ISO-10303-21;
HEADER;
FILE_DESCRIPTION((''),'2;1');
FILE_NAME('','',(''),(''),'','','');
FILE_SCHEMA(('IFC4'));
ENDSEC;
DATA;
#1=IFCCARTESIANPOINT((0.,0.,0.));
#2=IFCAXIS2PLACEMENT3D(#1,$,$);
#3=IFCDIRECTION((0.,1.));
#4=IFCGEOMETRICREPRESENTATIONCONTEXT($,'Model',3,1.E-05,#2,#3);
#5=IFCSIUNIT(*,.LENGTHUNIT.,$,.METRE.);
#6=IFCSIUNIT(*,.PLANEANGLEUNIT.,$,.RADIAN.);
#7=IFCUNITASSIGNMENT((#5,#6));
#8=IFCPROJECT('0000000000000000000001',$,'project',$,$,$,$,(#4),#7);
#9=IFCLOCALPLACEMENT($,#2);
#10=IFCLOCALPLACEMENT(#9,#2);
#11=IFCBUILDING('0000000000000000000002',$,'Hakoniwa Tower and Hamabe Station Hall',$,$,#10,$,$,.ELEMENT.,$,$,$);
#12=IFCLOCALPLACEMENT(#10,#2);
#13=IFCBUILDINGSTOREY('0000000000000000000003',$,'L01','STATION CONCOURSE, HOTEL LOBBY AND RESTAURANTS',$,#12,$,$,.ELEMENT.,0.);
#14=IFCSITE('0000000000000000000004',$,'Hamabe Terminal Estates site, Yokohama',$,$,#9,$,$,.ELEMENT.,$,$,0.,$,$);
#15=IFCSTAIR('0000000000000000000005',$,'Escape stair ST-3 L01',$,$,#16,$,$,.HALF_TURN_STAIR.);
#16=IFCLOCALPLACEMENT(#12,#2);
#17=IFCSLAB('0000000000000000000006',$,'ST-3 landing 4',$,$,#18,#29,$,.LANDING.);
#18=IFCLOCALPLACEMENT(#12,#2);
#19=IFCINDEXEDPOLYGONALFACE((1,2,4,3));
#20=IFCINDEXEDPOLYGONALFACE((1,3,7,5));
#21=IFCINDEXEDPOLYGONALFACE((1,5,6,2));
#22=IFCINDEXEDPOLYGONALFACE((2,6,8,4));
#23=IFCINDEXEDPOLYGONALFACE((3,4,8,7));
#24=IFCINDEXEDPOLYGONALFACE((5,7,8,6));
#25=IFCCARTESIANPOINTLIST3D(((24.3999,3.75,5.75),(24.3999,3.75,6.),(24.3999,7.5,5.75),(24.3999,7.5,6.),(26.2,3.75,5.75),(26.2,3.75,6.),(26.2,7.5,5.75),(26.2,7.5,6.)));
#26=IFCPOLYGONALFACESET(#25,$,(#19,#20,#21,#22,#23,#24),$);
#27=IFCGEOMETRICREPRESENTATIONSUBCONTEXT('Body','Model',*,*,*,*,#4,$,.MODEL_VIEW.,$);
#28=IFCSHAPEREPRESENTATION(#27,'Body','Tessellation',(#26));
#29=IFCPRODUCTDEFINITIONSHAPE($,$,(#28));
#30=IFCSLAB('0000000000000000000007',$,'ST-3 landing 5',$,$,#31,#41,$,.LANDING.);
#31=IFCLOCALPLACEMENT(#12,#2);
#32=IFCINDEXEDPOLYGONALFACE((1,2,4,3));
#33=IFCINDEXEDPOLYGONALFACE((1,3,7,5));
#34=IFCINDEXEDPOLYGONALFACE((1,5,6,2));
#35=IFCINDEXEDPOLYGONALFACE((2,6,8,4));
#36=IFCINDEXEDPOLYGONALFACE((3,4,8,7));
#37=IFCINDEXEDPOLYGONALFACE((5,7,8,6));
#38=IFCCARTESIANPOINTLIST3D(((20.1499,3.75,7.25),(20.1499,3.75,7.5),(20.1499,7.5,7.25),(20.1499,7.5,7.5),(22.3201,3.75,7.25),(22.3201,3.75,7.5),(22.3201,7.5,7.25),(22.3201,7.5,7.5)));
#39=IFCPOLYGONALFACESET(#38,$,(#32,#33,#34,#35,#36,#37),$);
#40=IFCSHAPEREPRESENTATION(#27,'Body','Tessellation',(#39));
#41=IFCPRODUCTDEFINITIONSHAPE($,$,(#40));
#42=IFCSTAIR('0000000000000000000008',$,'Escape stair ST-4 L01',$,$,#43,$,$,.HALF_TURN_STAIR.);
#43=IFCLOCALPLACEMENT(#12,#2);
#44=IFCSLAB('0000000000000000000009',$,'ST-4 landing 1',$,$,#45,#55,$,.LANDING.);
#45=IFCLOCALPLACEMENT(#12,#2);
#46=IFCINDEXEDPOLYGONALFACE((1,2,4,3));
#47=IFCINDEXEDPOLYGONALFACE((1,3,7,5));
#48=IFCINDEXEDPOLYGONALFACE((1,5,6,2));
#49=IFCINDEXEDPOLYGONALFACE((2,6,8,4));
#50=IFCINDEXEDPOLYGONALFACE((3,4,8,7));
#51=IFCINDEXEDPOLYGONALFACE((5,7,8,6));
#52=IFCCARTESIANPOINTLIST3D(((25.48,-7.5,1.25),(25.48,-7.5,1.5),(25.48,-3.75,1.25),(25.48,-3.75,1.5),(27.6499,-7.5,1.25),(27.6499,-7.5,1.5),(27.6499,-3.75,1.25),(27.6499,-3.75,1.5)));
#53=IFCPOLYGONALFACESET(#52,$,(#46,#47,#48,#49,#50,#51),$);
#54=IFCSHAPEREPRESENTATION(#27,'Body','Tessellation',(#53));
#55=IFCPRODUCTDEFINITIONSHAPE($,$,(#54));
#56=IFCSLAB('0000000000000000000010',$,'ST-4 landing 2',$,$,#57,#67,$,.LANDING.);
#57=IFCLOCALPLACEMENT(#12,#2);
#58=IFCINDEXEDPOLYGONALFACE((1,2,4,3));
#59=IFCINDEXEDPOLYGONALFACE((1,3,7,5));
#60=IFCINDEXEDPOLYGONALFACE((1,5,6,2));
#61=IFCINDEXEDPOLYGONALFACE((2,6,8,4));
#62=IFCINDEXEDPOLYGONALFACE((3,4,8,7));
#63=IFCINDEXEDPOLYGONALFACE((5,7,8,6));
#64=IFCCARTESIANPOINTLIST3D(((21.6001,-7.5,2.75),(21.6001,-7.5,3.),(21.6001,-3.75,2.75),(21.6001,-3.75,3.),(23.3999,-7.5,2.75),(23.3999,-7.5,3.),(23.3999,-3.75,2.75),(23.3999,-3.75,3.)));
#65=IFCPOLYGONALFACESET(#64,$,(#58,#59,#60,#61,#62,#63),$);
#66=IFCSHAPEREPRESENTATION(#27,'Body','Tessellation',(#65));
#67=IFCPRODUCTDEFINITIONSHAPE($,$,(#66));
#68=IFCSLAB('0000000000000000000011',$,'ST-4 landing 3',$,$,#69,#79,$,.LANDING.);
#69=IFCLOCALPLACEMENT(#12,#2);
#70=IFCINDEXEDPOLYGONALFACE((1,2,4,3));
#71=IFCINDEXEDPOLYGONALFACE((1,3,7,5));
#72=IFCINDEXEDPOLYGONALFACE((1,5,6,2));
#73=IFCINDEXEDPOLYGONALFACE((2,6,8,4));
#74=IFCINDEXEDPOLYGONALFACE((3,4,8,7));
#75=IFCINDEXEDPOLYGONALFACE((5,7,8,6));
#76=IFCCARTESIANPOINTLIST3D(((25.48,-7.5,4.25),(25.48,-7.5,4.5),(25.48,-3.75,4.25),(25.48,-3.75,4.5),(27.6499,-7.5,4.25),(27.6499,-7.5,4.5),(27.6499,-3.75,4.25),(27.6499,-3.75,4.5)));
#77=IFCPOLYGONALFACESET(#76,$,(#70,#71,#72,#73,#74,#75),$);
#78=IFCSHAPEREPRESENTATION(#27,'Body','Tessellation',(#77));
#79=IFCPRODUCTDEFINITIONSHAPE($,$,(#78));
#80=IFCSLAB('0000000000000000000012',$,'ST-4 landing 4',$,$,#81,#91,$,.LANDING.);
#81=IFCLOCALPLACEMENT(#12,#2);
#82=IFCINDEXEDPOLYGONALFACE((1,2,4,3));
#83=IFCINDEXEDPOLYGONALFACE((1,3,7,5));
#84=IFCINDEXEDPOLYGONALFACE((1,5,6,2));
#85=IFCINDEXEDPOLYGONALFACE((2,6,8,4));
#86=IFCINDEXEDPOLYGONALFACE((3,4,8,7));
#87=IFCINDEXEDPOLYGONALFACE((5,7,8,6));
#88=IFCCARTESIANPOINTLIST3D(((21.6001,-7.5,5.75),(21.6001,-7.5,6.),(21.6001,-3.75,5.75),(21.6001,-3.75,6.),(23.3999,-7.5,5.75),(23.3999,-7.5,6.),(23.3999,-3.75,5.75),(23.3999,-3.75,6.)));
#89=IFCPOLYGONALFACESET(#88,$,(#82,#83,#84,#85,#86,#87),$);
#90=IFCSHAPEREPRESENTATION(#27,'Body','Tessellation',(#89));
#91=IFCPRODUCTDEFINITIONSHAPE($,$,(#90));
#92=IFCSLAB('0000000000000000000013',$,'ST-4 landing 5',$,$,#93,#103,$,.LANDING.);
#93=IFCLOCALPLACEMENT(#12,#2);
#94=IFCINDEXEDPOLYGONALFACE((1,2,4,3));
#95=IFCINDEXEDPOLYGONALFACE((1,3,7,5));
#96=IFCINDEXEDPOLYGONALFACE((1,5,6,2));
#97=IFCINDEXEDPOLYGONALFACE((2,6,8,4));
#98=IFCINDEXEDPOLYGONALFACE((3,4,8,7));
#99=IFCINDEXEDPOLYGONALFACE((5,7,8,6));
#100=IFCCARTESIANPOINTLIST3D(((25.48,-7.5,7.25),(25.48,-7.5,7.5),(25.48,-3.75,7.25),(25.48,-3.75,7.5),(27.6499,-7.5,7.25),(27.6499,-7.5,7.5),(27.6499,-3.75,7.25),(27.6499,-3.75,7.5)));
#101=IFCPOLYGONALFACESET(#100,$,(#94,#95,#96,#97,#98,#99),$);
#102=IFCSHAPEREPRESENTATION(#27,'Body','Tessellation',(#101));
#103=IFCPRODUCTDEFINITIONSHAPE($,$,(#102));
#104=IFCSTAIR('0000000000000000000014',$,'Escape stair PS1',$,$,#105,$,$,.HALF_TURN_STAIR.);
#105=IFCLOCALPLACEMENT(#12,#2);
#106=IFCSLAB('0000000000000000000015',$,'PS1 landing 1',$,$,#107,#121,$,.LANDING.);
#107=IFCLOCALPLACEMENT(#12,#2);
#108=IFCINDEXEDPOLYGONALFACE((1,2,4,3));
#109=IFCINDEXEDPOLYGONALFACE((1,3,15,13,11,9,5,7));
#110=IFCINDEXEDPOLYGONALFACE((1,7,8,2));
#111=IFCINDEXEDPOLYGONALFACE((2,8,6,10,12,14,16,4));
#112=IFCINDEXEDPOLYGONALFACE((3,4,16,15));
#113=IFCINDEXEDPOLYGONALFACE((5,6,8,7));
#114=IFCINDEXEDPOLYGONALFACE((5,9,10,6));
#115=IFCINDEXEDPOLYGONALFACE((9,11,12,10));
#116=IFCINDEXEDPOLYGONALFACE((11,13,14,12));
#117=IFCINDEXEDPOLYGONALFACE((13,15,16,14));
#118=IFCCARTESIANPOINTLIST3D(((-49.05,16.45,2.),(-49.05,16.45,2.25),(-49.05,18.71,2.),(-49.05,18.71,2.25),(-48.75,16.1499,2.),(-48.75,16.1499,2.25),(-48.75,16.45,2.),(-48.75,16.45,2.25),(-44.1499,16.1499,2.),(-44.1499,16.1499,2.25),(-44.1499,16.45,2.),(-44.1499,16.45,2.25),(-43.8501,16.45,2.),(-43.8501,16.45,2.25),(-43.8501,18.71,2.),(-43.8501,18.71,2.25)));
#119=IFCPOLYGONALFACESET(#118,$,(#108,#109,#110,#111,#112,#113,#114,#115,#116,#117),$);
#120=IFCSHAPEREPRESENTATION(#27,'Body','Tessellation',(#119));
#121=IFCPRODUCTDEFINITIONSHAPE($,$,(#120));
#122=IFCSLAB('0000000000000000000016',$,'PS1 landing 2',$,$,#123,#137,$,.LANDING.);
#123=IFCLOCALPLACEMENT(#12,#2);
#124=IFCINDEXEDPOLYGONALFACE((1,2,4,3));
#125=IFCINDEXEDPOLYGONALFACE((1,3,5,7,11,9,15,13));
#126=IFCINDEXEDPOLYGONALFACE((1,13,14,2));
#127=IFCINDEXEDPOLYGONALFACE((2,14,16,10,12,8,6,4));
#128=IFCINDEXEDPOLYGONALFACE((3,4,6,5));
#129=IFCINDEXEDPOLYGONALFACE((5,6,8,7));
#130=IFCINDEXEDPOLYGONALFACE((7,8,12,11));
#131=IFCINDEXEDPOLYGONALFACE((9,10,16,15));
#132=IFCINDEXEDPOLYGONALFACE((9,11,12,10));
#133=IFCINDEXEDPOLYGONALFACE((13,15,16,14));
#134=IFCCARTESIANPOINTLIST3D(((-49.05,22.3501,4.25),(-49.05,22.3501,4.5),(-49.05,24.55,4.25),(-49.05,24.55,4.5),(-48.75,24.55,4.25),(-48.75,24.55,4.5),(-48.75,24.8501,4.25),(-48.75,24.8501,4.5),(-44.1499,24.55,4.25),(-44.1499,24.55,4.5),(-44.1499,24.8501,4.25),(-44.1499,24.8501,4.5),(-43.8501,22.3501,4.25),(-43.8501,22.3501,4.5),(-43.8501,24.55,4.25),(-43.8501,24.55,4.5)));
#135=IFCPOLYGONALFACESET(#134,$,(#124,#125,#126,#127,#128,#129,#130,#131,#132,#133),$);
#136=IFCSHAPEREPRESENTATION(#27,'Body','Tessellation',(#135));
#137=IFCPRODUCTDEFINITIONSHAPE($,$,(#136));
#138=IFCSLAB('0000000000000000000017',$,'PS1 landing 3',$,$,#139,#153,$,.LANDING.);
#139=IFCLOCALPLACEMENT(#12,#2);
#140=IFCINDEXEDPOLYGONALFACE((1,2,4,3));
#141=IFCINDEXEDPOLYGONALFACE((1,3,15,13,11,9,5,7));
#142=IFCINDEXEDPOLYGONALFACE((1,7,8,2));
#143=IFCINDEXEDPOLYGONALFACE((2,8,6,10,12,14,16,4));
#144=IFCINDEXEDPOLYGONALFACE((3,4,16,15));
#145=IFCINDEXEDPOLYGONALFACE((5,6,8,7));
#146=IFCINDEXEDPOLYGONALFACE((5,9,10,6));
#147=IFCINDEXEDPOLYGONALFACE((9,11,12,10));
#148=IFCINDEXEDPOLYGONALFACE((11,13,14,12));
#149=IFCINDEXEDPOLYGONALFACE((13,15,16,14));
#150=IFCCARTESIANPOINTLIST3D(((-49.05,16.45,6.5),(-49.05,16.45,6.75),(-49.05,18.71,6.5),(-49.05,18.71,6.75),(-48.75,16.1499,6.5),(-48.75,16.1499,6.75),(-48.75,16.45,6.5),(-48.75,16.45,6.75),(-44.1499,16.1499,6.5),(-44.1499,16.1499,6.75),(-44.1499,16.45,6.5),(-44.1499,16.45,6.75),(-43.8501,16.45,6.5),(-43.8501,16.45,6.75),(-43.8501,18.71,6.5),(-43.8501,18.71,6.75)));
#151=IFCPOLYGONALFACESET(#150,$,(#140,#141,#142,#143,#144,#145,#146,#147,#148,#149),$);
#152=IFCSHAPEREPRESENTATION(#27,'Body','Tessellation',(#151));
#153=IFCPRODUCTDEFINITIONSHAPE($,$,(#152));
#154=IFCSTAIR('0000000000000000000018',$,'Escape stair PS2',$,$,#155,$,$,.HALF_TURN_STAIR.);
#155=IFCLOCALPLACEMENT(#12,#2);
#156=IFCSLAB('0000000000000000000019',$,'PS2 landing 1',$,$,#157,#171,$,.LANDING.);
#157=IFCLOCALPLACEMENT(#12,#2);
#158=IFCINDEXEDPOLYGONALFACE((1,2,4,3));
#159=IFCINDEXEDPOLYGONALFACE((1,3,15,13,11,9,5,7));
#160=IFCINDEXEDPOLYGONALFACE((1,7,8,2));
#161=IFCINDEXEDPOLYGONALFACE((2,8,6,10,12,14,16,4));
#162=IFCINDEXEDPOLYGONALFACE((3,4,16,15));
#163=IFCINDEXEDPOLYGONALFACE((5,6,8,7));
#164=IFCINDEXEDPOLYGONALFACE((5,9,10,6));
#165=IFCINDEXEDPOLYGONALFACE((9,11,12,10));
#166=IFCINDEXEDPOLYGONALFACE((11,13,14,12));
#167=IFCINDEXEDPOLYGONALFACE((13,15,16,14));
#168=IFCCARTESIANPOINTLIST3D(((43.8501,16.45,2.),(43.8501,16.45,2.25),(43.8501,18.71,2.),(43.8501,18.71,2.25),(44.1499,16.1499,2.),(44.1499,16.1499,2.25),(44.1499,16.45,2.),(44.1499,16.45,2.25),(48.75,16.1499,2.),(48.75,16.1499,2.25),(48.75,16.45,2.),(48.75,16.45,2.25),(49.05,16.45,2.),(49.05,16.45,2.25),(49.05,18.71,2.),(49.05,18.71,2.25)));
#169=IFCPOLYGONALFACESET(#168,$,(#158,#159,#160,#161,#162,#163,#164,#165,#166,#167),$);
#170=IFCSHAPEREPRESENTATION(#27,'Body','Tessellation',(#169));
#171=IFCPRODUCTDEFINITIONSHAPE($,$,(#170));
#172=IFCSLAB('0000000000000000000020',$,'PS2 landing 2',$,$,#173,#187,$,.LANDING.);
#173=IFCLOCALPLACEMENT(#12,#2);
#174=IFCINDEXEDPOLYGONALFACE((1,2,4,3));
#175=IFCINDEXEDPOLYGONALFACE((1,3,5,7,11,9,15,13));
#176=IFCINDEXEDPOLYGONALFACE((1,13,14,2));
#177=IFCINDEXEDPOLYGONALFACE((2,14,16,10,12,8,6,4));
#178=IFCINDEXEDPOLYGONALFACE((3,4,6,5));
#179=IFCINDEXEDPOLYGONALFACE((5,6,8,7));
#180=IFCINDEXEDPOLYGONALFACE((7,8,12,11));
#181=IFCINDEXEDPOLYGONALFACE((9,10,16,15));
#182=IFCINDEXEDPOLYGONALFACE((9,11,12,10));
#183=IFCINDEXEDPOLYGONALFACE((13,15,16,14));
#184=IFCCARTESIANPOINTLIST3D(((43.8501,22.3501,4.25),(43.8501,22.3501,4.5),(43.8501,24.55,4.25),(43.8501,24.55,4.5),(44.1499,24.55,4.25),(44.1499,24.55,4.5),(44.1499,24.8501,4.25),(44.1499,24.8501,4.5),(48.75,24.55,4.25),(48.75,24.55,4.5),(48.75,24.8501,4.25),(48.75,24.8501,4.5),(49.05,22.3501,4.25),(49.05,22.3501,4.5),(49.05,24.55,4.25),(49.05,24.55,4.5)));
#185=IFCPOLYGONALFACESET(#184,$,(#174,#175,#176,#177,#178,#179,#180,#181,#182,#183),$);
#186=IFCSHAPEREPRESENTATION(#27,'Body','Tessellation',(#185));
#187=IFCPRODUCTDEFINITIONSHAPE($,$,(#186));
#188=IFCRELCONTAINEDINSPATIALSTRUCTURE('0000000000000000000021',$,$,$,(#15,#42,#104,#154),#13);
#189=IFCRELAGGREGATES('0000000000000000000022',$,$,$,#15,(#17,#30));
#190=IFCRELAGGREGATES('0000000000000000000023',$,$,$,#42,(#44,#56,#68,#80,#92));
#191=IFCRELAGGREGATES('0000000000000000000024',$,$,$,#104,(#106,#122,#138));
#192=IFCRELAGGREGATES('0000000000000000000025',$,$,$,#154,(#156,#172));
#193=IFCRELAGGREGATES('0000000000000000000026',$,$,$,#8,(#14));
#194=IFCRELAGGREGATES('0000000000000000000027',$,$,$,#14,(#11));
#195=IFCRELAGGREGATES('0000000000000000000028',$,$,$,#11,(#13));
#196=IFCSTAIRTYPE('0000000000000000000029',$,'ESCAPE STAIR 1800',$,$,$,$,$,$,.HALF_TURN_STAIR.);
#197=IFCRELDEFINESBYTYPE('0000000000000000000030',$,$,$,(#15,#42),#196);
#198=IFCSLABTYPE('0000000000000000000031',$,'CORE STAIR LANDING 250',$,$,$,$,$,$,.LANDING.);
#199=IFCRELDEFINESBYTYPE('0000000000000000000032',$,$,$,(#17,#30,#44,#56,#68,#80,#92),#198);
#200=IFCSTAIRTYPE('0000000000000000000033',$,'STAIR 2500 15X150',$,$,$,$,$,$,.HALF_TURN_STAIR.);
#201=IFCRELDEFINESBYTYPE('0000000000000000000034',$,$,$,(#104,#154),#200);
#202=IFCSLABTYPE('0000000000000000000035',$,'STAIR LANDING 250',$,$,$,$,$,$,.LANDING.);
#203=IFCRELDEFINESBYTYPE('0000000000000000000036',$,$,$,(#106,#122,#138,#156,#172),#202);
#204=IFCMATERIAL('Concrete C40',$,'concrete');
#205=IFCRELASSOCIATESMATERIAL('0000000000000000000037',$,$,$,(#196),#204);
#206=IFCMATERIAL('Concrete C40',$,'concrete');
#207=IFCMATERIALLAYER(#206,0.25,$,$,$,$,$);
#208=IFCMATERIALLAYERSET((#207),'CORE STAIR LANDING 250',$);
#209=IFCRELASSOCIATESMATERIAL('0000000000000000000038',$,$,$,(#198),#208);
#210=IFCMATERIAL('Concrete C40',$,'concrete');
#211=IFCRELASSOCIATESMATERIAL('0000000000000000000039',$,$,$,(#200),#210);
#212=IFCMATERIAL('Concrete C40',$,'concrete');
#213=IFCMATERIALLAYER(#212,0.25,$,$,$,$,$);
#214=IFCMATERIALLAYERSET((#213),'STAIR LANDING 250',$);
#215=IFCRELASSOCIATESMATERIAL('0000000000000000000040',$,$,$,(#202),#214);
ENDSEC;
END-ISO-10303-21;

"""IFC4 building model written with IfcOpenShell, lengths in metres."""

from ifc_helpers import new_model, si_unit, direction, frame, origin, place, context, subcontext, project, spatial, polyline, outline, extrude, material, layer, layer_set, type_object, element, aggregate, save


model = new_model("IFC4")

# Units and contexts
model_context = context("Model", 3, precision=1e-05, world=origin(), true_north=direction((0.0, 1.0)))
body_context = subcontext(model_context, "Body", "Model", "MODEL_VIEW")
ifc_project = project(units=[si_unit("LENGTHUNIT", "METRE"), si_unit("PLANEANGLEUNIT", "RADIAN")], contexts=[model_context])

# Site, building, storey
site_placement = place(None, origin())
site = spatial("IfcSite", under=ifc_project, at=site_placement, Name="Hamabe Terminal Estates site, Yokohama", CompositionType="ELEMENT", RefElevation=0.0)
building_placement = place(site_placement, origin())
building = spatial("IfcBuilding", under=site, at=building_placement, Name="Hakoniwa Tower and Hamabe Station Hall", CompositionType="ELEMENT")
storey_placement = place(building_placement, origin())
storey = spatial("IfcBuildingStorey", under=building, at=storey_placement, Name="L01", Description="STATION CONCOURSE, HOTEL LOBBY AND RESTAURANTS", CompositionType="ELEMENT", Elevation=0.0)

# Stairs, slabs
ifc_material_1 = material(Name="Concrete C40", Category="concrete")
stair_type_1 = type_object("IfcStairType", Name="ESCAPE STAIR 1800", PredefinedType="HALF_TURN_STAIR", material=ifc_material_1)
ifc_material_2 = material(Name="Concrete C40", Category="concrete")
ifc_layer_1 = layer(ifc_material_2, 0.25)
ifc_layer_set_1 = layer_set([ifc_layer_1], Name="CORE STAIR LANDING 250")
slab_type_1 = type_object("IfcSlabType", Name="CORE STAIR LANDING 250", PredefinedType="LANDING", material=ifc_layer_set_1)
stair_1_placement = place(storey_placement, origin())
stair_1 = element("IfcStair", 1, at=stair_1_placement, inside=storey, type_object=stair_type_1, Name="Escape stair ST-3 L01", PredefinedType="HALF_TURN_STAIR")
slab_1_placement = place(storey_placement, frame((0.0, 0.0, 5.75)))
slab_1 = element("IfcSlab", 2, at=slab_1_placement, type_object=slab_type_1, Name="ST-3 landing 4", PredefinedType="LANDING", context=body_context, shape_type="SweptSolid", body=[
    extrude(outline(polyline([(26.2, 3.75), (24.3999, 3.75), (24.3999, 7.5), (26.2, 7.5), (26.2, 3.75)])), origin(), (0.0, 0.0, 1.0), 0.25),
])
slab_2_placement = place(storey_placement, frame((0.0, 0.0, 7.25)))
slab_2 = element("IfcSlab", 3, at=slab_2_placement, type_object=slab_type_1, Name="ST-3 landing 5", PredefinedType="LANDING", context=body_context, shape_type="SweptSolid", body=[
    extrude(outline(polyline([(22.3201, 3.75), (20.1499, 3.75), (20.1499, 7.5), (22.3201, 7.5), (22.3201, 3.75)])), origin(), (0.0, 0.0, 1.0), 0.25),
])
aggregate(stair_1, [slab_1, slab_2])
stair_2_placement = place(storey_placement, origin())
stair_2 = element("IfcStair", 4, at=stair_2_placement, inside=storey, type_object=stair_type_1, Name="Escape stair ST-4 L01", PredefinedType="HALF_TURN_STAIR")
slab_3_placement = place(storey_placement, frame((0.0, 0.0, 1.25)))
slab_3 = element("IfcSlab", 5, at=slab_3_placement, type_object=slab_type_1, Name="ST-4 landing 1", PredefinedType="LANDING", context=body_context, shape_type="SweptSolid", body=[
    extrude(outline(polyline([(25.48, -7.5), (27.6499, -7.5), (27.6499, -3.75), (25.48, -3.75), (25.48, -7.5)])), origin(), (0.0, 0.0, 1.0), 0.25),
])
slab_4_placement = place(storey_placement, frame((0.0, 0.0, 2.75)))
slab_4 = element("IfcSlab", 6, at=slab_4_placement, type_object=slab_type_1, Name="ST-4 landing 2", PredefinedType="LANDING", context=body_context, shape_type="SweptSolid", body=[
    extrude(outline(polyline([(21.6001, -7.5), (23.3999, -7.5), (23.3999, -3.75), (21.6001, -3.75), (21.6001, -7.5)])), origin(), (0.0, 0.0, 1.0), 0.25),
])
slab_5_placement = place(storey_placement, frame((0.0, 0.0, 4.25)))
slab_5 = element("IfcSlab", 7, at=slab_5_placement, type_object=slab_type_1, Name="ST-4 landing 3", PredefinedType="LANDING", context=body_context, shape_type="SweptSolid", body=[
    extrude(outline(polyline([(25.48, -7.5), (27.6499, -7.5), (27.6499, -3.75), (25.48, -3.75), (25.48, -7.5)])), origin(), (0.0, 0.0, 1.0), 0.25),
])
slab_6_placement = place(storey_placement, frame((0.0, 0.0, 5.75)))
slab_6 = element("IfcSlab", 8, at=slab_6_placement, type_object=slab_type_1, Name="ST-4 landing 4", PredefinedType="LANDING", context=body_context, shape_type="SweptSolid", body=[
    extrude(outline(polyline([(21.6001, -7.5), (23.3999, -7.5), (23.3999, -3.75), (21.6001, -3.75), (21.6001, -7.5)])), origin(), (0.0, 0.0, 1.0), 0.25),
])
slab_7_placement = place(storey_placement, frame((0.0, 0.0, 7.25)))
slab_7 = element("IfcSlab", 9, at=slab_7_placement, type_object=slab_type_1, Name="ST-4 landing 5", PredefinedType="LANDING", context=body_context, shape_type="SweptSolid", body=[
    extrude(outline(polyline([(25.48, -7.5), (27.6499, -7.5), (27.6499, -3.75), (25.48, -3.75), (25.48, -7.5)])), origin(), (0.0, 0.0, 1.0), 0.25),
])
aggregate(stair_2, [slab_3, slab_4, slab_5, slab_6, slab_7])
ifc_material_3 = material(Name="Concrete C40", Category="concrete")
stair_type_2 = type_object("IfcStairType", Name="STAIR 2500 15X150", PredefinedType="HALF_TURN_STAIR", material=ifc_material_3)
stair_3_placement = place(storey_placement, origin())
stair_3 = element("IfcStair", 10, at=stair_3_placement, inside=storey, type_object=stair_type_2, Name="Escape stair PS1", PredefinedType="HALF_TURN_STAIR")
ifc_material_4 = material(Name="Concrete C40", Category="concrete")
ifc_layer_2 = layer(ifc_material_4, 0.25)
ifc_layer_set_2 = layer_set([ifc_layer_2], Name="STAIR LANDING 250")
slab_type_2 = type_object("IfcSlabType", Name="STAIR LANDING 250", PredefinedType="LANDING", material=ifc_layer_set_2)
slab_8_placement = place(storey_placement, frame((0.0, 0.0, 2.0)))
slab_8 = element("IfcSlab", 11, at=slab_8_placement, type_object=slab_type_2, Name="PS1 landing 1", PredefinedType="LANDING", context=body_context, shape_type="SweptSolid", body=[
    extrude(outline(polyline([(-49.05, 18.71), (-49.05, 16.45), (-48.75, 16.45), (-48.75, 16.1499), (-44.1499, 16.1499), (-44.1499, 16.45), (-43.8501, 16.45), (-43.8501, 18.71), (-49.05, 18.71)])), origin(), (0.0, 0.0, 1.0), 0.25),
])
slab_9_placement = place(storey_placement, frame((0.0, 0.0, 4.25)))
slab_9 = element("IfcSlab", 12, at=slab_9_placement, type_object=slab_type_2, Name="PS1 landing 2", PredefinedType="LANDING", context=body_context, shape_type="SweptSolid", body=[
    extrude(outline(polyline([(-49.05, 24.55), (-49.05, 22.3501), (-43.8501, 22.3501), (-43.8501, 24.55), (-44.1499, 24.55), (-44.1499, 24.8501), (-48.75, 24.8501), (-48.75, 24.55), (-49.05, 24.55)])), origin(), (0.0, 0.0, 1.0), 0.25),
])
slab_10_placement = place(storey_placement, frame((0.0, 0.0, 6.5)))
slab_10 = element("IfcSlab", 13, at=slab_10_placement, type_object=slab_type_2, Name="PS1 landing 3", PredefinedType="LANDING", context=body_context, shape_type="SweptSolid", body=[
    extrude(outline(polyline([(-49.05, 18.71), (-49.05, 16.45), (-48.75, 16.45), (-48.75, 16.1499), (-44.1499, 16.1499), (-44.1499, 16.45), (-43.8501, 16.45), (-43.8501, 18.71), (-49.05, 18.71)])), origin(), (0.0, 0.0, 1.0), 0.25),
])
aggregate(stair_3, [slab_8, slab_9, slab_10])
stair_4_placement = place(storey_placement, origin())
stair_4 = element("IfcStair", 14, at=stair_4_placement, inside=storey, type_object=stair_type_2, Name="Escape stair PS2", PredefinedType="HALF_TURN_STAIR")
slab_11_placement = place(storey_placement, frame((0.0, 0.0, 2.0)))
slab_11 = element("IfcSlab", 15, at=slab_11_placement, type_object=slab_type_2, Name="PS2 landing 1", PredefinedType="LANDING", context=body_context, shape_type="SweptSolid", body=[
    extrude(outline(polyline([(43.8501, 18.71), (43.8501, 16.45), (44.1499, 16.45), (44.1499, 16.1499), (48.75, 16.1499), (48.75, 16.45), (49.05, 16.45), (49.05, 18.71), (43.8501, 18.71)])), origin(), (0.0, 0.0, 1.0), 0.25),
])
slab_12_placement = place(storey_placement, frame((0.0, 0.0, 4.25)))
slab_12 = element("IfcSlab", 16, at=slab_12_placement, type_object=slab_type_2, Name="PS2 landing 2", PredefinedType="LANDING", context=body_context, shape_type="SweptSolid", body=[
    extrude(outline(polyline([(43.8501, 24.55), (43.8501, 22.3501), (49.05, 22.3501), (49.05, 24.55), (48.75, 24.55), (48.75, 24.8501), (44.1499, 24.8501), (44.1499, 24.55), (43.8501, 24.55)])), origin(), (0.0, 0.0, 1.0), 0.25),
])
aggregate(stair_4, [slab_11, slab_12])

save(model, "model.ifc")
